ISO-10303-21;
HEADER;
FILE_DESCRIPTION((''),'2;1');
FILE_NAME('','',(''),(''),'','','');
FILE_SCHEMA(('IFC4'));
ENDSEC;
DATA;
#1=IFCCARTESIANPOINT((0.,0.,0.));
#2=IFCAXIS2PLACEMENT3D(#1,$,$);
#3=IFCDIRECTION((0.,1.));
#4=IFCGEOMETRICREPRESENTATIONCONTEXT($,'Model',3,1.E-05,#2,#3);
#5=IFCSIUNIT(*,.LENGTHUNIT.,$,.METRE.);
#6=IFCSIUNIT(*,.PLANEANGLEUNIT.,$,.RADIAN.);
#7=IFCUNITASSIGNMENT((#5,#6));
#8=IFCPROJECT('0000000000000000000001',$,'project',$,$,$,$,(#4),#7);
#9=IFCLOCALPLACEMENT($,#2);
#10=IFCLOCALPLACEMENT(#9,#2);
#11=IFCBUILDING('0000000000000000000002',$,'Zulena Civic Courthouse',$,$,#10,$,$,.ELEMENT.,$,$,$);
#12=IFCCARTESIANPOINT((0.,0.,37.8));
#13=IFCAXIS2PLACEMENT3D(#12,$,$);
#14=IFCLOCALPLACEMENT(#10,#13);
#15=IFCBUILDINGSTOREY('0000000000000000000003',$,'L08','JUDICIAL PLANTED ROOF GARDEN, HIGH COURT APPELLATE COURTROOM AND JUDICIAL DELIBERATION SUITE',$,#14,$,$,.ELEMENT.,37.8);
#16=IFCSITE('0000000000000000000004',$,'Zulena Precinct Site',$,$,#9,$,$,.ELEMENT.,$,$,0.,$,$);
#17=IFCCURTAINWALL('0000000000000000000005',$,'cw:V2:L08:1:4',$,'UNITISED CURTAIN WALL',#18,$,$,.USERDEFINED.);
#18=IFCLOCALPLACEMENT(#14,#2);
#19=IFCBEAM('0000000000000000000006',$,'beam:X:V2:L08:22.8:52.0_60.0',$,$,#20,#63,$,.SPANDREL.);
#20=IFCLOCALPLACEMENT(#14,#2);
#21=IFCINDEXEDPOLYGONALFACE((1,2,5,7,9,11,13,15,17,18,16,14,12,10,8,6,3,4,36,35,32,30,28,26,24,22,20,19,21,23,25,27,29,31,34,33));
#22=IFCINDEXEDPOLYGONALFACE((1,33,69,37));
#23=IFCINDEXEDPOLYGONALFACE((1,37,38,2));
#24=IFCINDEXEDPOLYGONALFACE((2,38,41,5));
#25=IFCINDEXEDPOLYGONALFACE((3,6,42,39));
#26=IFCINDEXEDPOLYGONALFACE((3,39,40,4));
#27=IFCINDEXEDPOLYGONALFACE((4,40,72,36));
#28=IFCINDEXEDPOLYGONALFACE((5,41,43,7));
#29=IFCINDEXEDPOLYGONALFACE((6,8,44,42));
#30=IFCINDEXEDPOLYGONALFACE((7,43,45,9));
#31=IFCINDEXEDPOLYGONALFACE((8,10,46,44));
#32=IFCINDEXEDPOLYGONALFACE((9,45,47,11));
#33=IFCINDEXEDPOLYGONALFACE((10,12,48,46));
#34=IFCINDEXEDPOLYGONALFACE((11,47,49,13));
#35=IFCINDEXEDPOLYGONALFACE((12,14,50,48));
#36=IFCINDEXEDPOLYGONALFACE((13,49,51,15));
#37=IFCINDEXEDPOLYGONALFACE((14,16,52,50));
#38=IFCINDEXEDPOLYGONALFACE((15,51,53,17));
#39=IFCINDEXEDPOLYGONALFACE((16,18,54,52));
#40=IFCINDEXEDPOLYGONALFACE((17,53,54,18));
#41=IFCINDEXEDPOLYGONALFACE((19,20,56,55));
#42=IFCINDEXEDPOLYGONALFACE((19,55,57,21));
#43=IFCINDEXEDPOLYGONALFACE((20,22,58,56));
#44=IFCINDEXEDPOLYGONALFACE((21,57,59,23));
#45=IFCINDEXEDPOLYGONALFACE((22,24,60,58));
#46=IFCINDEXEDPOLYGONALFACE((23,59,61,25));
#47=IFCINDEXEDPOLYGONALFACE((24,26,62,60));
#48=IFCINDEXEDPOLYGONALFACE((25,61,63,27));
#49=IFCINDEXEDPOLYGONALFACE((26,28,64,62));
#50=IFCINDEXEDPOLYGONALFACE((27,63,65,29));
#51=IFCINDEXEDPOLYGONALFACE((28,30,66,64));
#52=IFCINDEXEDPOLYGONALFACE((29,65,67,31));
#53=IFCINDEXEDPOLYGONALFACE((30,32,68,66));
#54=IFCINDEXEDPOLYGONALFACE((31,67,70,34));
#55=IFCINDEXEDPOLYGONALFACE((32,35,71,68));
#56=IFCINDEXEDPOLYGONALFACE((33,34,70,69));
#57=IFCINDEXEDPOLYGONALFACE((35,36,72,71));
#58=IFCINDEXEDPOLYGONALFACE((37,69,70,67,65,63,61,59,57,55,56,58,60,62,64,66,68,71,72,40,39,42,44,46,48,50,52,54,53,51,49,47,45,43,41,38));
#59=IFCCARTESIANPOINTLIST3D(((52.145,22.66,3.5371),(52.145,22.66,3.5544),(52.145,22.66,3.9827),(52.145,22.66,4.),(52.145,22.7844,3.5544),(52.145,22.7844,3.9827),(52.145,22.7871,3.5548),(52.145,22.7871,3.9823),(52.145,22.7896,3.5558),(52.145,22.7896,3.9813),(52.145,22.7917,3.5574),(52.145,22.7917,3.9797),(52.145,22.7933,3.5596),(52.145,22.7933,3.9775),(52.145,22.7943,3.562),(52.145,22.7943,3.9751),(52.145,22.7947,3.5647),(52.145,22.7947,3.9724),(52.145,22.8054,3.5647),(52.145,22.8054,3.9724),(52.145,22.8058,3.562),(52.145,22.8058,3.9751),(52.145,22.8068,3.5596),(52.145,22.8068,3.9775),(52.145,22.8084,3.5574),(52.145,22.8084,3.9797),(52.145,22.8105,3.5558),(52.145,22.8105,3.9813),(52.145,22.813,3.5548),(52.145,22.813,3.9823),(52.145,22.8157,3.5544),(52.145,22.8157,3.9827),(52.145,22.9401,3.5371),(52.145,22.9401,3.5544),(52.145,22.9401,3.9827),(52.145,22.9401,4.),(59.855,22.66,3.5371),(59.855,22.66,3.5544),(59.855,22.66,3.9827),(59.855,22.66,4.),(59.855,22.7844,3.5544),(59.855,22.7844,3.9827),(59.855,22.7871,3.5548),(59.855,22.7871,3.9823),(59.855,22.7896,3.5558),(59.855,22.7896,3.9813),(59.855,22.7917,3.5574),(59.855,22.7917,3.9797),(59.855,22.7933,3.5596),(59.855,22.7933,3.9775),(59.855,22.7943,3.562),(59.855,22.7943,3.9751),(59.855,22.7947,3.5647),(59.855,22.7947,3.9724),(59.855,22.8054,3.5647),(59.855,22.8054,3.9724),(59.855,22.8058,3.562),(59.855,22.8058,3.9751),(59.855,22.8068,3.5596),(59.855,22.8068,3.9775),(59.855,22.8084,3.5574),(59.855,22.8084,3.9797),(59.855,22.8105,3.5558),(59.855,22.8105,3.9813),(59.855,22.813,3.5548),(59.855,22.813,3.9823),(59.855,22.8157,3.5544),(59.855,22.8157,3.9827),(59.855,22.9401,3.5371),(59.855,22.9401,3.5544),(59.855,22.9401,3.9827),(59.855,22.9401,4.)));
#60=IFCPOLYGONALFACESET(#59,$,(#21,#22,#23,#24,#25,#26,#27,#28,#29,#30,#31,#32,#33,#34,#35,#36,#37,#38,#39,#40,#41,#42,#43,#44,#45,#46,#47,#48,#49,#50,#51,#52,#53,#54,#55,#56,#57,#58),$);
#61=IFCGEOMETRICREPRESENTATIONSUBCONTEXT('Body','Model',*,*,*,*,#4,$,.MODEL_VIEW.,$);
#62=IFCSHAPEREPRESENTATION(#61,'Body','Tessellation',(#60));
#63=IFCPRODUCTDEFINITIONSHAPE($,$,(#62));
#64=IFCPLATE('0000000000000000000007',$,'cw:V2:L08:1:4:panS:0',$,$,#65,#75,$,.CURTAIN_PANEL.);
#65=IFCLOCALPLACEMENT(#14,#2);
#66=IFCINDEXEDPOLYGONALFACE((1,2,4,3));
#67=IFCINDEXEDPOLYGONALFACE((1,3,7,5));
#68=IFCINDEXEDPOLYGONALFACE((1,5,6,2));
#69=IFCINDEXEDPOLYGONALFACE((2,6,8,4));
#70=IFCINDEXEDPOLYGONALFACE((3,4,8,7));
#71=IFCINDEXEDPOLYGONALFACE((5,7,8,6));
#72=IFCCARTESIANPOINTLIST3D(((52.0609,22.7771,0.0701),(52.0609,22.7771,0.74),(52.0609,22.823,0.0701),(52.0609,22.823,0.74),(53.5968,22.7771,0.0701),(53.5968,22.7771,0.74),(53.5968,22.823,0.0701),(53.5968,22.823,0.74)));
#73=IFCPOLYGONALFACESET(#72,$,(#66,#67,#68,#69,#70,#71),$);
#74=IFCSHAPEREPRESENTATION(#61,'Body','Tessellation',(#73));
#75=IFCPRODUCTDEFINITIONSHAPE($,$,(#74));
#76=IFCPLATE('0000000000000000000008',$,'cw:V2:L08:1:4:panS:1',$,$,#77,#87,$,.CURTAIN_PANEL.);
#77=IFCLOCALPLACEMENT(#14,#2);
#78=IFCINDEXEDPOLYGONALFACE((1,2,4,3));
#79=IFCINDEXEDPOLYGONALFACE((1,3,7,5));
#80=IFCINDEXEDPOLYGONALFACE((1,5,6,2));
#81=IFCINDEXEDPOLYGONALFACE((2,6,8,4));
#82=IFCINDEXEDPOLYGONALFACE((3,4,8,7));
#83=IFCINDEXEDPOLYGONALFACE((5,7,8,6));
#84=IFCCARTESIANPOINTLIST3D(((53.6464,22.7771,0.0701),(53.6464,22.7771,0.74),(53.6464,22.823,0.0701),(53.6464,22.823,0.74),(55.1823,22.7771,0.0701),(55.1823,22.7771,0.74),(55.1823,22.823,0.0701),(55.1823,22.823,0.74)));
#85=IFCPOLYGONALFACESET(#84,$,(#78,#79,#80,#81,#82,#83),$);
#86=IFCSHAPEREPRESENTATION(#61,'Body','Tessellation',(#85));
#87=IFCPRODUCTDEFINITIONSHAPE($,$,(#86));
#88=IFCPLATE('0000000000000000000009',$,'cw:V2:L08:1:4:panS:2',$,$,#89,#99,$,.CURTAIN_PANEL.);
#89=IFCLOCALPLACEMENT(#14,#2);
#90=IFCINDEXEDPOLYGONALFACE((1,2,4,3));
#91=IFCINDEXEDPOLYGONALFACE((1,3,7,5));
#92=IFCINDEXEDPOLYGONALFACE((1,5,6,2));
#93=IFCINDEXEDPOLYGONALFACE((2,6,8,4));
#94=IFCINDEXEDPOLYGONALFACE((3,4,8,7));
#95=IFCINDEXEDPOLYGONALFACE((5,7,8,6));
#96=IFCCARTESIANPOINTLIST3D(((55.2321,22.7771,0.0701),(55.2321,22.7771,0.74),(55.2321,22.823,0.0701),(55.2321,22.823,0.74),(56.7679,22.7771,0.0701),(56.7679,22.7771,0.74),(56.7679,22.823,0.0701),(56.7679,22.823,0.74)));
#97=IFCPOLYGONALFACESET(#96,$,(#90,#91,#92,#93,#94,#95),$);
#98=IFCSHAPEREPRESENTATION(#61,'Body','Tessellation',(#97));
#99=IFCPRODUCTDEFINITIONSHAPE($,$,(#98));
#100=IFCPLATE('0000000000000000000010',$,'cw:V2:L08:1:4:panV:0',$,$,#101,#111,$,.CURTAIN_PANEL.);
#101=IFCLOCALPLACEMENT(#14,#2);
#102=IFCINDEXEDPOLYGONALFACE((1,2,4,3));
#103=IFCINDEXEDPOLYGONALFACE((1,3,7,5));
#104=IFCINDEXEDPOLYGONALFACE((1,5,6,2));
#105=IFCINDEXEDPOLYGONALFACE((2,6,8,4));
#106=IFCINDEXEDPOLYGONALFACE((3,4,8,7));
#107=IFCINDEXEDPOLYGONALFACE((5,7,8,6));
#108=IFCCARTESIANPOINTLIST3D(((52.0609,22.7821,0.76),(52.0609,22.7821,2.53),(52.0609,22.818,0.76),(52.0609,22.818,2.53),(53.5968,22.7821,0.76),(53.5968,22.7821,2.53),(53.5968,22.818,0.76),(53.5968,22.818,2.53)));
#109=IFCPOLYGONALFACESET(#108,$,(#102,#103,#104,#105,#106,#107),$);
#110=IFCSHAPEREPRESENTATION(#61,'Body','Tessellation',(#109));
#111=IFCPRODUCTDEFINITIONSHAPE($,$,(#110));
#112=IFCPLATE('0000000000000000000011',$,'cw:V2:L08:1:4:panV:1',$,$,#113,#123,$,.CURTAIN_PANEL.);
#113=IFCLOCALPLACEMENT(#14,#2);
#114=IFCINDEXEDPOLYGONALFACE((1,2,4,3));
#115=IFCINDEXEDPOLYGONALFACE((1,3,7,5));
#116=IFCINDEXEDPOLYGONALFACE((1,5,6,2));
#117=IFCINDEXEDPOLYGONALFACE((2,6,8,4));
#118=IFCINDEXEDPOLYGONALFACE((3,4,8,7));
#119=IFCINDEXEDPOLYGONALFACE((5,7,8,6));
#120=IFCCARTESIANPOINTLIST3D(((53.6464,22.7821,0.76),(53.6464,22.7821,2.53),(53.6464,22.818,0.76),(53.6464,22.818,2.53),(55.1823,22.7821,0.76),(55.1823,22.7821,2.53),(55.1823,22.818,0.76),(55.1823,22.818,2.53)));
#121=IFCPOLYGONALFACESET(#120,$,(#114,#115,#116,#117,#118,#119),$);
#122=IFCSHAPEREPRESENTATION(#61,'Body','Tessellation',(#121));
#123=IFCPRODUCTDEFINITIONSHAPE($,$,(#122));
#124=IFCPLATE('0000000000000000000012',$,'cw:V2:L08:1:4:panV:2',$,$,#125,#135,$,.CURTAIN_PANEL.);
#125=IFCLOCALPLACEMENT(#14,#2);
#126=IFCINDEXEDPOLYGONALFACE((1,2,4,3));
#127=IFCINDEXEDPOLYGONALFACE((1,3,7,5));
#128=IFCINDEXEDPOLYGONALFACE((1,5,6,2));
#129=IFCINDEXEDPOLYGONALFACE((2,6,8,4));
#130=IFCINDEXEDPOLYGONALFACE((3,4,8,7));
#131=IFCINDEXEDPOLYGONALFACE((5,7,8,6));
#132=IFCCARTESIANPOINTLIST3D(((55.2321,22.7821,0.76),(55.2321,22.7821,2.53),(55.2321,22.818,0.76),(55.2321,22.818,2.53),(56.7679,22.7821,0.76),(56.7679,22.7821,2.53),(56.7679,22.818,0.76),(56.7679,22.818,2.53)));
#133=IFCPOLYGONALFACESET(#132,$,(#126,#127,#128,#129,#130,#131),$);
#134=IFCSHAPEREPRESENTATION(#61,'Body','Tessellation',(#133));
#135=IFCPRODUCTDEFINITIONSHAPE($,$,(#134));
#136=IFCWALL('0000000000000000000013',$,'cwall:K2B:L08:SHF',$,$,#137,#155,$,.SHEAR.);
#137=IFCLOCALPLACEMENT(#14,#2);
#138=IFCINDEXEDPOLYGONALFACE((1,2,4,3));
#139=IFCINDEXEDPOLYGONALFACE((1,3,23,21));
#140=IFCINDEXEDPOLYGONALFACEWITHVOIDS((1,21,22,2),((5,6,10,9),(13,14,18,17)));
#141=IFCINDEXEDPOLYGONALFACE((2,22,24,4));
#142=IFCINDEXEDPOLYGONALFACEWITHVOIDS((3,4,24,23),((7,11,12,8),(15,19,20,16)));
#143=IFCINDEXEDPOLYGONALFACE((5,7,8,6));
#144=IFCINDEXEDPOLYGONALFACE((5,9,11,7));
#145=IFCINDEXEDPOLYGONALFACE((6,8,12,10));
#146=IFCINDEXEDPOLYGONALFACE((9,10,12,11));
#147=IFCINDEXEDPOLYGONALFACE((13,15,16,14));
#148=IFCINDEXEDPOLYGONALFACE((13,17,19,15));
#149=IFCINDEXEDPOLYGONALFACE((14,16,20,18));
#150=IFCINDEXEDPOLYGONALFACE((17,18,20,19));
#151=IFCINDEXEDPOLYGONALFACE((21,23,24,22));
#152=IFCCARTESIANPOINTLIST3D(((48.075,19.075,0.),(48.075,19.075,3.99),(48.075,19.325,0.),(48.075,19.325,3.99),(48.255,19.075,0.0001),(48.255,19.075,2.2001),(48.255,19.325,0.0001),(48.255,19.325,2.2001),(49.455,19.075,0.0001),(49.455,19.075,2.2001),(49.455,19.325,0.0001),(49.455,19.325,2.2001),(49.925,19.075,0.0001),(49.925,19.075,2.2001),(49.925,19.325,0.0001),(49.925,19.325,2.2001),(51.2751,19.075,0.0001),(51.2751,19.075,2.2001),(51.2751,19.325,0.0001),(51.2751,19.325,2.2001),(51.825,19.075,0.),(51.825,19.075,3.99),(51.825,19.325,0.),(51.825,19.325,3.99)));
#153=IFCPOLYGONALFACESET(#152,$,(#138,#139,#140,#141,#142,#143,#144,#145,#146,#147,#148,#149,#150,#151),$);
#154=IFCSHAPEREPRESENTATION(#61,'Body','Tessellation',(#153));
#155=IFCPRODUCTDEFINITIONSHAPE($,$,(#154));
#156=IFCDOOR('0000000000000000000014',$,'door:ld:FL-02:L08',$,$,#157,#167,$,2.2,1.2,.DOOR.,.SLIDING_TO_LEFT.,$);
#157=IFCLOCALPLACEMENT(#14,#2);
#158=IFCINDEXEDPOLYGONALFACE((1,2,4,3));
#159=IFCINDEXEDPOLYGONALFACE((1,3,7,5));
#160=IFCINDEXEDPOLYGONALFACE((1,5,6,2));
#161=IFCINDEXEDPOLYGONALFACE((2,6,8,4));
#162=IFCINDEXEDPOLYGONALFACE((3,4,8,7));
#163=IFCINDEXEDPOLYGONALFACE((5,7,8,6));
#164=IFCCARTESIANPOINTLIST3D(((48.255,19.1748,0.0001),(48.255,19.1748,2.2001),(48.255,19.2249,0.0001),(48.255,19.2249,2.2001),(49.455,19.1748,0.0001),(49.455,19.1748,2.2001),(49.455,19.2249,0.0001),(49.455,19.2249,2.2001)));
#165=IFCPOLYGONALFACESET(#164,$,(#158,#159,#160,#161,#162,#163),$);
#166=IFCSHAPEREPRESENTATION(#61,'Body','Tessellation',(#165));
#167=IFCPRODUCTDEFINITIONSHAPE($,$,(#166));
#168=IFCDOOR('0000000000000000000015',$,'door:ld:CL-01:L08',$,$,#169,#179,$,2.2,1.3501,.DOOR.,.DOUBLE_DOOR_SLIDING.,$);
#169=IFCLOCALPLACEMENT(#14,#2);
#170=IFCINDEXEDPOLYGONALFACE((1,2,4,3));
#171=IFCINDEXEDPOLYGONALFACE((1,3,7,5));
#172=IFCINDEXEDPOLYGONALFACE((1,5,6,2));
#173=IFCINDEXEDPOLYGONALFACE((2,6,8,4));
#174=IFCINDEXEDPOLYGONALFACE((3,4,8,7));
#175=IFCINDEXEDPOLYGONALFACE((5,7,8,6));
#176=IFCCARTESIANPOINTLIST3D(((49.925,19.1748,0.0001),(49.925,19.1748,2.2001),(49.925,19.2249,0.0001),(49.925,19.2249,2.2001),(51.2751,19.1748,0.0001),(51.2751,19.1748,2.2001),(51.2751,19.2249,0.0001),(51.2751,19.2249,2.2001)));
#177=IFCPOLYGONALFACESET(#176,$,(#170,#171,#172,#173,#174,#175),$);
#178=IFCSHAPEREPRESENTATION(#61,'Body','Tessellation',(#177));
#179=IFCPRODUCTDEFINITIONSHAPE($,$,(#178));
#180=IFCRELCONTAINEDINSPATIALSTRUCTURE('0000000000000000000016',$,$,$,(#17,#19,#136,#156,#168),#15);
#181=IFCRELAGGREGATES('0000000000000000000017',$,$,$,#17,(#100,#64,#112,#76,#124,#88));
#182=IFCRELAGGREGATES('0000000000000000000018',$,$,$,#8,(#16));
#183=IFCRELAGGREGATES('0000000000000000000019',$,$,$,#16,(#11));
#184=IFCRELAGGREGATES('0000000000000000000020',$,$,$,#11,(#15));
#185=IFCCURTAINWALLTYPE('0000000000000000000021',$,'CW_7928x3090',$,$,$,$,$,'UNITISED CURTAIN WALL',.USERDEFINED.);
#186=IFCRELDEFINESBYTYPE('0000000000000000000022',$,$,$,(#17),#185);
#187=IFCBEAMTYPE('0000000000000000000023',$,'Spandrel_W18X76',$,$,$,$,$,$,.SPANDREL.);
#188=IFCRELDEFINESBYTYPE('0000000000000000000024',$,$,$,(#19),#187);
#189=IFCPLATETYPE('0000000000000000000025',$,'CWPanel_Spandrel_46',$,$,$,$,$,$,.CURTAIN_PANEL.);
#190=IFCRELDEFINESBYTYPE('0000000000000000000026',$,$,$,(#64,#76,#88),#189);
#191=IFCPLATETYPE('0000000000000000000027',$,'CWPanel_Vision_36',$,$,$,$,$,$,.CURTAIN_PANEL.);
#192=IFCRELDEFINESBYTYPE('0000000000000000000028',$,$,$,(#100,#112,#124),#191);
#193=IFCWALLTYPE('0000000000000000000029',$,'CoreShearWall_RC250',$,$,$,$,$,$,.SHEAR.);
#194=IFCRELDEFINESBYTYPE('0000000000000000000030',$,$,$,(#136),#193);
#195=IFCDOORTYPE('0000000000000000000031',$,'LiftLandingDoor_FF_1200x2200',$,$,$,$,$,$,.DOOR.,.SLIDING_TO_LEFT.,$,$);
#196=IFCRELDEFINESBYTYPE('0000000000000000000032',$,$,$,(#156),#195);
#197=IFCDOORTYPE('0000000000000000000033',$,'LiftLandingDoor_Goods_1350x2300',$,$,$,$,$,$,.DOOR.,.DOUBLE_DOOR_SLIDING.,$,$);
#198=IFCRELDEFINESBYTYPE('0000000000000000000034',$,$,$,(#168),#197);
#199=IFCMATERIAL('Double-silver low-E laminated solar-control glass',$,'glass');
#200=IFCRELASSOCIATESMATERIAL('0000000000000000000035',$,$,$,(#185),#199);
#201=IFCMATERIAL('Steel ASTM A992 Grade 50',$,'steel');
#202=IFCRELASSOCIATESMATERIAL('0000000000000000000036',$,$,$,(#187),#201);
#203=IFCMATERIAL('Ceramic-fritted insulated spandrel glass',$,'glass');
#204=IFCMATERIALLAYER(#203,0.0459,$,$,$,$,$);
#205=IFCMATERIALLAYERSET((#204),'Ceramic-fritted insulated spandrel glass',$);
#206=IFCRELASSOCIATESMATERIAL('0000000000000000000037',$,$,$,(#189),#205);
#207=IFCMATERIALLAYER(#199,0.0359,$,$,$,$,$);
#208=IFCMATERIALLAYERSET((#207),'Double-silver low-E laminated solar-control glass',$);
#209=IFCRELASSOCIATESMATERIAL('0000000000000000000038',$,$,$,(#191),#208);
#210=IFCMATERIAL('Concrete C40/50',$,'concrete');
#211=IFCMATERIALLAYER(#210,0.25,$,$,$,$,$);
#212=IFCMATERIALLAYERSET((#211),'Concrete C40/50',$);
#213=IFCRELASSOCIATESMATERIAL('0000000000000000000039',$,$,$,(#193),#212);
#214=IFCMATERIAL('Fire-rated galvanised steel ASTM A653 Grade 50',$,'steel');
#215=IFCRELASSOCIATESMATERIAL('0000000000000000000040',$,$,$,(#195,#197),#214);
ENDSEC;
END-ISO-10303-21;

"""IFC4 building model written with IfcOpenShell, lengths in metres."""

from ifc_helpers import new_model, si_unit, direction, frame, frame_2d, origin, origin_2d, place, context, subcontext, project, spatial, rectangle, i_section, extrude, material, layer, layer_set, material_profile, profile_set, type_object, element, fill, aggregate, save


model = new_model("IFC4")

# Units and contexts
model_context = context("Model", 3, precision=1e-05, world=origin(), true_north=direction((0.0, 1.0)))
body_context = subcontext(model_context, "Body", "Model", "MODEL_VIEW")
ifc_project = project(units=[si_unit("LENGTHUNIT", "METRE"), si_unit("PLANEANGLEUNIT", "RADIAN")], contexts=[model_context])

# Site, building, storey
site_placement = place(None, origin())
site = spatial("IfcSite", under=ifc_project, at=site_placement, Name="Zulena Precinct Site", CompositionType="ELEMENT", RefElevation=0.0)
building_placement = place(site_placement, origin())
building = spatial("IfcBuilding", under=site, at=building_placement, Name="Zulena Civic Courthouse", CompositionType="ELEMENT")
storey_placement = place(building_placement, frame((0.0, 0.0, 37.8)))
storey = spatial("IfcBuildingStorey", under=building, at=storey_placement, Name="L08", Description="JUDICIAL PLANTED ROOF GARDEN, HIGH COURT APPELLATE COURTROOM AND JUDICIAL DELIBERATION SUITE", CompositionType="ELEMENT", Elevation=37.8)

# Shared definitions
ifc_material_1 = material(Name="Steel ASTM A992 Grade 50", Category="steel")

# Curtain wall
ifc_material_2 = material(Name="Double-silver low-E laminated solar-control glass", Category="glass")
curtain_wall_type = type_object("IfcCurtainWallType", Name="CW_7928x3090", ElementType="UNITISED CURTAIN WALL", PredefinedType="USERDEFINED", material=ifc_material_2)
curtain_wall_placement = place(storey_placement, origin())
curtain_wall = element("IfcCurtainWall", 1, at=curtain_wall_placement, inside=storey, type_object=curtain_wall_type, Name="cw:V2:L08:1:4", ObjectType="UNITISED CURTAIN WALL", PredefinedType="USERDEFINED")

# Beam
ifc_material_profile_1 = material_profile(ifc_material_1, i_section(OverallWidth=0.28, OverallDepth=0.4629, WebThickness=0.0107, FlangeThickness=0.0173, FilletRadius=0.0103, at=origin_2d()), Name="W18X76")
ifc_profile_set_1 = profile_set([ifc_material_profile_1], Name="Steel ASTM A992 Grade 50")
beam_type = type_object("IfcBeamType", Name="Spandrel_W18X76", PredefinedType="SPANDREL", material=ifc_profile_set_1)
beam_placement = place(storey_placement, frame((52.145, 22.8, 3.7686), z_axis=(1.0, 0.0, 0.0), x_axis=(0.0, 1.0, 0.0)))
element("IfcBeam", 2, at=beam_placement, inside=storey, type_object=beam_type, Name="beam:X:V2:L08:22.8:52.0_60.0", PredefinedType="SPANDREL", context=body_context, shape_type="SweptSolid", body=[
    extrude(i_section(OverallWidth=0.28, OverallDepth=0.4629, WebThickness=0.0107, FlangeThickness=0.0173, FilletRadius=0.0103, at=origin_2d()), origin(), (0.0, 0.0, 1.0), 7.71),
])

# Plates
ifc_material_3 = material(Name="Ceramic-fritted insulated spandrel glass", Category="glass")
ifc_layer_1 = layer(ifc_material_3, 0.0459)
ifc_layer_set_1 = layer_set([ifc_layer_1], Name="Ceramic-fritted insulated spandrel glass")
plate_type_1 = type_object("IfcPlateType", Name="CWPanel_Spandrel_46", PredefinedType="CURTAIN_PANEL", material=ifc_layer_set_1)
plate_1_placement = place(storey_placement, frame((52.8289, 22.8, 0.0701), z_axis=(0.0, 0.0, 1.0), x_axis=(1.0, 0.0, 0.0)))
plate_1 = element("IfcPlate", 3, at=plate_1_placement, type_object=plate_type_1, Name="cw:V2:L08:1:4:panS:0", PredefinedType="CURTAIN_PANEL", context=body_context, shape_type="SweptSolid", body=[
    extrude(rectangle(XDim=1.5359, YDim=0.0459, at=origin_2d()), origin(), (0.0, 0.0, 1.0), 0.6699),
])
plate_2_placement = place(storey_placement, frame((54.4143, 22.8, 0.0701), z_axis=(0.0, 0.0, 1.0), x_axis=(1.0, 0.0, 0.0)))
plate_2 = element("IfcPlate", 4, at=plate_2_placement, type_object=plate_type_1, Name="cw:V2:L08:1:4:panS:1", PredefinedType="CURTAIN_PANEL", context=body_context, shape_type="SweptSolid", body=[
    extrude(rectangle(XDim=1.5359, YDim=0.0459, at=origin_2d()), origin(), (0.0, 0.0, 1.0), 0.6699),
])
plate_3_placement = place(storey_placement, frame((56.0, 22.8, 0.0701), z_axis=(0.0, 0.0, 1.0), x_axis=(1.0, 0.0, 0.0)))
plate_3 = element("IfcPlate", 5, at=plate_3_placement, type_object=plate_type_1, Name="cw:V2:L08:1:4:panS:2", PredefinedType="CURTAIN_PANEL", context=body_context, shape_type="SweptSolid", body=[
    extrude(rectangle(XDim=1.5359, YDim=0.0459, at=origin_2d()), origin(), (0.0, 0.0, 1.0), 0.6699),
])
ifc_layer_2 = layer(ifc_material_2, 0.0359)
ifc_layer_set_2 = layer_set([ifc_layer_2], Name="Double-silver low-E laminated solar-control glass")
plate_type_2 = type_object("IfcPlateType", Name="CWPanel_Vision_36", PredefinedType="CURTAIN_PANEL", material=ifc_layer_set_2)
plate_4_placement = place(storey_placement, frame((52.8289, 22.8, 0.76), z_axis=(0.0, 0.0, 1.0), x_axis=(1.0, 0.0, 0.0)))
plate_4 = element("IfcPlate", 6, at=plate_4_placement, type_object=plate_type_2, Name="cw:V2:L08:1:4:panV:0", PredefinedType="CURTAIN_PANEL", context=body_context, shape_type="SweptSolid", body=[
    extrude(rectangle(XDim=1.5359, YDim=0.0359, at=origin_2d()), origin(), (0.0, 0.0, 1.0), 1.77),
])
plate_5_placement = place(storey_placement, frame((54.4143, 22.8, 0.76), z_axis=(0.0, 0.0, 1.0), x_axis=(1.0, 0.0, 0.0)))
plate_5 = element("IfcPlate", 7, at=plate_5_placement, type_object=plate_type_2, Name="cw:V2:L08:1:4:panV:1", PredefinedType="CURTAIN_PANEL", context=body_context, shape_type="SweptSolid", body=[
    extrude(rectangle(XDim=1.5359, YDim=0.0359, at=origin_2d()), origin(), (0.0, 0.0, 1.0), 1.77),
])
plate_6_placement = place(storey_placement, frame((56.0, 22.8, 0.76), z_axis=(0.0, 0.0, 1.0), x_axis=(1.0, 0.0, 0.0)))
plate_6 = element("IfcPlate", 8, at=plate_6_placement, type_object=plate_type_2, Name="cw:V2:L08:1:4:panV:2", PredefinedType="CURTAIN_PANEL", context=body_context, shape_type="SweptSolid", body=[
    extrude(rectangle(XDim=1.5359, YDim=0.0359, at=origin_2d()), origin(), (0.0, 0.0, 1.0), 1.77),
])
aggregate(curtain_wall, [plate_4, plate_1, plate_5, plate_2, plate_6, plate_3])

# Wall, openings, doors
ifc_material_4 = material(Name="Concrete C40/50", Category="concrete")
ifc_layer_3 = layer(ifc_material_4, 0.25)
ifc_layer_set_3 = layer_set([ifc_layer_3], Name="Concrete C40/50")
wall_type_1 = type_object("IfcWallType", Name="CoreShearWall_RC250", PredefinedType="SHEAR", material=ifc_layer_set_3)
wall_1_placement = place(storey_placement, frame((48.075, 19.2, 0.0), z_axis=(0.0, 0.0, 1.0), x_axis=(1.0, 0.0, 0.0)))
wall_1 = element("IfcWall", 9, at=wall_1_placement, inside=storey, type_object=wall_type_1, Name="cwall:K2B:L08:SHF", PredefinedType="SHEAR", context=body_context, shape_type="SweptSolid", body=[
    extrude(rectangle(XDim=3.75, YDim=0.25, at=frame_2d((1.875, 0.0))), origin(), (0.0, 0.0, 1.0), 3.99),
])
opening_1_placement = place(wall_1_placement, frame((0.1799, 0.0, 0.0)))
opening_1 = element("IfcOpeningElement", 10, at=opening_1_placement, cuts=wall_1, PredefinedType="OPENING", context=body_context, shape_type="SweptSolid", body=[
    extrude(rectangle(XDim=1.2, YDim=2.2, at=frame_2d((0.6001, 1.1001))), frame((0.0, 0.135, 0.0), z_axis=(0.0, -1.0, 0.0), x_axis=(1.0, 0.0, 0.0)), (0.0, 0.0, 1.0), 0.27),
])
opening_2_placement = place(wall_1_placement, frame((1.8501, 0.0, 0.0)))
opening_2 = element("IfcOpeningElement", 11, at=opening_2_placement, cuts=wall_1, PredefinedType="OPENING", context=body_context, shape_type="SweptSolid", body=[
    extrude(rectangle(XDim=1.3501, YDim=2.2, at=frame_2d((0.675, 1.1001))), frame((0.0, 0.135, 0.0), z_axis=(0.0, -1.0, 0.0), x_axis=(1.0, 0.0, 0.0)), (0.0, 0.0, 1.0), 0.27),
])
ifc_material_5 = material(Name="Fire-rated galvanised steel ASTM A653 Grade 50", Category="steel")
door_type_1 = type_object("IfcDoorType", Name="LiftLandingDoor_FF_1200x2200", OperationType="SLIDING_TO_LEFT", PredefinedType="DOOR", material=ifc_material_5)
door_1_placement = place(opening_1_placement, origin())
door_1 = element("IfcDoor", 12, at=door_1_placement, inside=storey, type_object=door_type_1, Name="door:ld:FL-02:L08", OperationType="SLIDING_TO_LEFT", OverallHeight=2.2, OverallWidth=1.2, PredefinedType="DOOR", context=body_context, shape_type="SweptSolid", body=[
    extrude(rectangle(XDim=1.2, YDim=2.2, at=frame_2d((0.6001, 1.1001))), frame((0.0, 0.0249, 0.0), z_axis=(0.0, -1.0, 0.0), x_axis=(1.0, 0.0, 0.0)), (0.0, 0.0, 1.0), 0.05),
])
fill(opening_1, door_1)
door_type_2 = type_object("IfcDoorType", Name="LiftLandingDoor_Goods_1350x2300", OperationType="DOUBLE_DOOR_SLIDING", PredefinedType="DOOR", material=ifc_material_5)
door_2_placement = place(opening_2_placement, origin())
door_2 = element("IfcDoor", 13, at=door_2_placement, inside=storey, type_object=door_type_2, Name="door:ld:CL-01:L08", OperationType="DOUBLE_DOOR_SLIDING", OverallHeight=2.2, OverallWidth=1.3501, PredefinedType="DOOR", context=body_context, shape_type="SweptSolid", body=[
    extrude(rectangle(XDim=1.3501, YDim=2.2, at=frame_2d((0.675, 1.1001))), frame((0.0, 0.0249, 0.0), z_axis=(0.0, -1.0, 0.0), x_axis=(1.0, 0.0, 0.0)), (0.0, 0.0, 1.0), 0.05),
])
fill(opening_2, door_2)

save(model, "model.ifc")
